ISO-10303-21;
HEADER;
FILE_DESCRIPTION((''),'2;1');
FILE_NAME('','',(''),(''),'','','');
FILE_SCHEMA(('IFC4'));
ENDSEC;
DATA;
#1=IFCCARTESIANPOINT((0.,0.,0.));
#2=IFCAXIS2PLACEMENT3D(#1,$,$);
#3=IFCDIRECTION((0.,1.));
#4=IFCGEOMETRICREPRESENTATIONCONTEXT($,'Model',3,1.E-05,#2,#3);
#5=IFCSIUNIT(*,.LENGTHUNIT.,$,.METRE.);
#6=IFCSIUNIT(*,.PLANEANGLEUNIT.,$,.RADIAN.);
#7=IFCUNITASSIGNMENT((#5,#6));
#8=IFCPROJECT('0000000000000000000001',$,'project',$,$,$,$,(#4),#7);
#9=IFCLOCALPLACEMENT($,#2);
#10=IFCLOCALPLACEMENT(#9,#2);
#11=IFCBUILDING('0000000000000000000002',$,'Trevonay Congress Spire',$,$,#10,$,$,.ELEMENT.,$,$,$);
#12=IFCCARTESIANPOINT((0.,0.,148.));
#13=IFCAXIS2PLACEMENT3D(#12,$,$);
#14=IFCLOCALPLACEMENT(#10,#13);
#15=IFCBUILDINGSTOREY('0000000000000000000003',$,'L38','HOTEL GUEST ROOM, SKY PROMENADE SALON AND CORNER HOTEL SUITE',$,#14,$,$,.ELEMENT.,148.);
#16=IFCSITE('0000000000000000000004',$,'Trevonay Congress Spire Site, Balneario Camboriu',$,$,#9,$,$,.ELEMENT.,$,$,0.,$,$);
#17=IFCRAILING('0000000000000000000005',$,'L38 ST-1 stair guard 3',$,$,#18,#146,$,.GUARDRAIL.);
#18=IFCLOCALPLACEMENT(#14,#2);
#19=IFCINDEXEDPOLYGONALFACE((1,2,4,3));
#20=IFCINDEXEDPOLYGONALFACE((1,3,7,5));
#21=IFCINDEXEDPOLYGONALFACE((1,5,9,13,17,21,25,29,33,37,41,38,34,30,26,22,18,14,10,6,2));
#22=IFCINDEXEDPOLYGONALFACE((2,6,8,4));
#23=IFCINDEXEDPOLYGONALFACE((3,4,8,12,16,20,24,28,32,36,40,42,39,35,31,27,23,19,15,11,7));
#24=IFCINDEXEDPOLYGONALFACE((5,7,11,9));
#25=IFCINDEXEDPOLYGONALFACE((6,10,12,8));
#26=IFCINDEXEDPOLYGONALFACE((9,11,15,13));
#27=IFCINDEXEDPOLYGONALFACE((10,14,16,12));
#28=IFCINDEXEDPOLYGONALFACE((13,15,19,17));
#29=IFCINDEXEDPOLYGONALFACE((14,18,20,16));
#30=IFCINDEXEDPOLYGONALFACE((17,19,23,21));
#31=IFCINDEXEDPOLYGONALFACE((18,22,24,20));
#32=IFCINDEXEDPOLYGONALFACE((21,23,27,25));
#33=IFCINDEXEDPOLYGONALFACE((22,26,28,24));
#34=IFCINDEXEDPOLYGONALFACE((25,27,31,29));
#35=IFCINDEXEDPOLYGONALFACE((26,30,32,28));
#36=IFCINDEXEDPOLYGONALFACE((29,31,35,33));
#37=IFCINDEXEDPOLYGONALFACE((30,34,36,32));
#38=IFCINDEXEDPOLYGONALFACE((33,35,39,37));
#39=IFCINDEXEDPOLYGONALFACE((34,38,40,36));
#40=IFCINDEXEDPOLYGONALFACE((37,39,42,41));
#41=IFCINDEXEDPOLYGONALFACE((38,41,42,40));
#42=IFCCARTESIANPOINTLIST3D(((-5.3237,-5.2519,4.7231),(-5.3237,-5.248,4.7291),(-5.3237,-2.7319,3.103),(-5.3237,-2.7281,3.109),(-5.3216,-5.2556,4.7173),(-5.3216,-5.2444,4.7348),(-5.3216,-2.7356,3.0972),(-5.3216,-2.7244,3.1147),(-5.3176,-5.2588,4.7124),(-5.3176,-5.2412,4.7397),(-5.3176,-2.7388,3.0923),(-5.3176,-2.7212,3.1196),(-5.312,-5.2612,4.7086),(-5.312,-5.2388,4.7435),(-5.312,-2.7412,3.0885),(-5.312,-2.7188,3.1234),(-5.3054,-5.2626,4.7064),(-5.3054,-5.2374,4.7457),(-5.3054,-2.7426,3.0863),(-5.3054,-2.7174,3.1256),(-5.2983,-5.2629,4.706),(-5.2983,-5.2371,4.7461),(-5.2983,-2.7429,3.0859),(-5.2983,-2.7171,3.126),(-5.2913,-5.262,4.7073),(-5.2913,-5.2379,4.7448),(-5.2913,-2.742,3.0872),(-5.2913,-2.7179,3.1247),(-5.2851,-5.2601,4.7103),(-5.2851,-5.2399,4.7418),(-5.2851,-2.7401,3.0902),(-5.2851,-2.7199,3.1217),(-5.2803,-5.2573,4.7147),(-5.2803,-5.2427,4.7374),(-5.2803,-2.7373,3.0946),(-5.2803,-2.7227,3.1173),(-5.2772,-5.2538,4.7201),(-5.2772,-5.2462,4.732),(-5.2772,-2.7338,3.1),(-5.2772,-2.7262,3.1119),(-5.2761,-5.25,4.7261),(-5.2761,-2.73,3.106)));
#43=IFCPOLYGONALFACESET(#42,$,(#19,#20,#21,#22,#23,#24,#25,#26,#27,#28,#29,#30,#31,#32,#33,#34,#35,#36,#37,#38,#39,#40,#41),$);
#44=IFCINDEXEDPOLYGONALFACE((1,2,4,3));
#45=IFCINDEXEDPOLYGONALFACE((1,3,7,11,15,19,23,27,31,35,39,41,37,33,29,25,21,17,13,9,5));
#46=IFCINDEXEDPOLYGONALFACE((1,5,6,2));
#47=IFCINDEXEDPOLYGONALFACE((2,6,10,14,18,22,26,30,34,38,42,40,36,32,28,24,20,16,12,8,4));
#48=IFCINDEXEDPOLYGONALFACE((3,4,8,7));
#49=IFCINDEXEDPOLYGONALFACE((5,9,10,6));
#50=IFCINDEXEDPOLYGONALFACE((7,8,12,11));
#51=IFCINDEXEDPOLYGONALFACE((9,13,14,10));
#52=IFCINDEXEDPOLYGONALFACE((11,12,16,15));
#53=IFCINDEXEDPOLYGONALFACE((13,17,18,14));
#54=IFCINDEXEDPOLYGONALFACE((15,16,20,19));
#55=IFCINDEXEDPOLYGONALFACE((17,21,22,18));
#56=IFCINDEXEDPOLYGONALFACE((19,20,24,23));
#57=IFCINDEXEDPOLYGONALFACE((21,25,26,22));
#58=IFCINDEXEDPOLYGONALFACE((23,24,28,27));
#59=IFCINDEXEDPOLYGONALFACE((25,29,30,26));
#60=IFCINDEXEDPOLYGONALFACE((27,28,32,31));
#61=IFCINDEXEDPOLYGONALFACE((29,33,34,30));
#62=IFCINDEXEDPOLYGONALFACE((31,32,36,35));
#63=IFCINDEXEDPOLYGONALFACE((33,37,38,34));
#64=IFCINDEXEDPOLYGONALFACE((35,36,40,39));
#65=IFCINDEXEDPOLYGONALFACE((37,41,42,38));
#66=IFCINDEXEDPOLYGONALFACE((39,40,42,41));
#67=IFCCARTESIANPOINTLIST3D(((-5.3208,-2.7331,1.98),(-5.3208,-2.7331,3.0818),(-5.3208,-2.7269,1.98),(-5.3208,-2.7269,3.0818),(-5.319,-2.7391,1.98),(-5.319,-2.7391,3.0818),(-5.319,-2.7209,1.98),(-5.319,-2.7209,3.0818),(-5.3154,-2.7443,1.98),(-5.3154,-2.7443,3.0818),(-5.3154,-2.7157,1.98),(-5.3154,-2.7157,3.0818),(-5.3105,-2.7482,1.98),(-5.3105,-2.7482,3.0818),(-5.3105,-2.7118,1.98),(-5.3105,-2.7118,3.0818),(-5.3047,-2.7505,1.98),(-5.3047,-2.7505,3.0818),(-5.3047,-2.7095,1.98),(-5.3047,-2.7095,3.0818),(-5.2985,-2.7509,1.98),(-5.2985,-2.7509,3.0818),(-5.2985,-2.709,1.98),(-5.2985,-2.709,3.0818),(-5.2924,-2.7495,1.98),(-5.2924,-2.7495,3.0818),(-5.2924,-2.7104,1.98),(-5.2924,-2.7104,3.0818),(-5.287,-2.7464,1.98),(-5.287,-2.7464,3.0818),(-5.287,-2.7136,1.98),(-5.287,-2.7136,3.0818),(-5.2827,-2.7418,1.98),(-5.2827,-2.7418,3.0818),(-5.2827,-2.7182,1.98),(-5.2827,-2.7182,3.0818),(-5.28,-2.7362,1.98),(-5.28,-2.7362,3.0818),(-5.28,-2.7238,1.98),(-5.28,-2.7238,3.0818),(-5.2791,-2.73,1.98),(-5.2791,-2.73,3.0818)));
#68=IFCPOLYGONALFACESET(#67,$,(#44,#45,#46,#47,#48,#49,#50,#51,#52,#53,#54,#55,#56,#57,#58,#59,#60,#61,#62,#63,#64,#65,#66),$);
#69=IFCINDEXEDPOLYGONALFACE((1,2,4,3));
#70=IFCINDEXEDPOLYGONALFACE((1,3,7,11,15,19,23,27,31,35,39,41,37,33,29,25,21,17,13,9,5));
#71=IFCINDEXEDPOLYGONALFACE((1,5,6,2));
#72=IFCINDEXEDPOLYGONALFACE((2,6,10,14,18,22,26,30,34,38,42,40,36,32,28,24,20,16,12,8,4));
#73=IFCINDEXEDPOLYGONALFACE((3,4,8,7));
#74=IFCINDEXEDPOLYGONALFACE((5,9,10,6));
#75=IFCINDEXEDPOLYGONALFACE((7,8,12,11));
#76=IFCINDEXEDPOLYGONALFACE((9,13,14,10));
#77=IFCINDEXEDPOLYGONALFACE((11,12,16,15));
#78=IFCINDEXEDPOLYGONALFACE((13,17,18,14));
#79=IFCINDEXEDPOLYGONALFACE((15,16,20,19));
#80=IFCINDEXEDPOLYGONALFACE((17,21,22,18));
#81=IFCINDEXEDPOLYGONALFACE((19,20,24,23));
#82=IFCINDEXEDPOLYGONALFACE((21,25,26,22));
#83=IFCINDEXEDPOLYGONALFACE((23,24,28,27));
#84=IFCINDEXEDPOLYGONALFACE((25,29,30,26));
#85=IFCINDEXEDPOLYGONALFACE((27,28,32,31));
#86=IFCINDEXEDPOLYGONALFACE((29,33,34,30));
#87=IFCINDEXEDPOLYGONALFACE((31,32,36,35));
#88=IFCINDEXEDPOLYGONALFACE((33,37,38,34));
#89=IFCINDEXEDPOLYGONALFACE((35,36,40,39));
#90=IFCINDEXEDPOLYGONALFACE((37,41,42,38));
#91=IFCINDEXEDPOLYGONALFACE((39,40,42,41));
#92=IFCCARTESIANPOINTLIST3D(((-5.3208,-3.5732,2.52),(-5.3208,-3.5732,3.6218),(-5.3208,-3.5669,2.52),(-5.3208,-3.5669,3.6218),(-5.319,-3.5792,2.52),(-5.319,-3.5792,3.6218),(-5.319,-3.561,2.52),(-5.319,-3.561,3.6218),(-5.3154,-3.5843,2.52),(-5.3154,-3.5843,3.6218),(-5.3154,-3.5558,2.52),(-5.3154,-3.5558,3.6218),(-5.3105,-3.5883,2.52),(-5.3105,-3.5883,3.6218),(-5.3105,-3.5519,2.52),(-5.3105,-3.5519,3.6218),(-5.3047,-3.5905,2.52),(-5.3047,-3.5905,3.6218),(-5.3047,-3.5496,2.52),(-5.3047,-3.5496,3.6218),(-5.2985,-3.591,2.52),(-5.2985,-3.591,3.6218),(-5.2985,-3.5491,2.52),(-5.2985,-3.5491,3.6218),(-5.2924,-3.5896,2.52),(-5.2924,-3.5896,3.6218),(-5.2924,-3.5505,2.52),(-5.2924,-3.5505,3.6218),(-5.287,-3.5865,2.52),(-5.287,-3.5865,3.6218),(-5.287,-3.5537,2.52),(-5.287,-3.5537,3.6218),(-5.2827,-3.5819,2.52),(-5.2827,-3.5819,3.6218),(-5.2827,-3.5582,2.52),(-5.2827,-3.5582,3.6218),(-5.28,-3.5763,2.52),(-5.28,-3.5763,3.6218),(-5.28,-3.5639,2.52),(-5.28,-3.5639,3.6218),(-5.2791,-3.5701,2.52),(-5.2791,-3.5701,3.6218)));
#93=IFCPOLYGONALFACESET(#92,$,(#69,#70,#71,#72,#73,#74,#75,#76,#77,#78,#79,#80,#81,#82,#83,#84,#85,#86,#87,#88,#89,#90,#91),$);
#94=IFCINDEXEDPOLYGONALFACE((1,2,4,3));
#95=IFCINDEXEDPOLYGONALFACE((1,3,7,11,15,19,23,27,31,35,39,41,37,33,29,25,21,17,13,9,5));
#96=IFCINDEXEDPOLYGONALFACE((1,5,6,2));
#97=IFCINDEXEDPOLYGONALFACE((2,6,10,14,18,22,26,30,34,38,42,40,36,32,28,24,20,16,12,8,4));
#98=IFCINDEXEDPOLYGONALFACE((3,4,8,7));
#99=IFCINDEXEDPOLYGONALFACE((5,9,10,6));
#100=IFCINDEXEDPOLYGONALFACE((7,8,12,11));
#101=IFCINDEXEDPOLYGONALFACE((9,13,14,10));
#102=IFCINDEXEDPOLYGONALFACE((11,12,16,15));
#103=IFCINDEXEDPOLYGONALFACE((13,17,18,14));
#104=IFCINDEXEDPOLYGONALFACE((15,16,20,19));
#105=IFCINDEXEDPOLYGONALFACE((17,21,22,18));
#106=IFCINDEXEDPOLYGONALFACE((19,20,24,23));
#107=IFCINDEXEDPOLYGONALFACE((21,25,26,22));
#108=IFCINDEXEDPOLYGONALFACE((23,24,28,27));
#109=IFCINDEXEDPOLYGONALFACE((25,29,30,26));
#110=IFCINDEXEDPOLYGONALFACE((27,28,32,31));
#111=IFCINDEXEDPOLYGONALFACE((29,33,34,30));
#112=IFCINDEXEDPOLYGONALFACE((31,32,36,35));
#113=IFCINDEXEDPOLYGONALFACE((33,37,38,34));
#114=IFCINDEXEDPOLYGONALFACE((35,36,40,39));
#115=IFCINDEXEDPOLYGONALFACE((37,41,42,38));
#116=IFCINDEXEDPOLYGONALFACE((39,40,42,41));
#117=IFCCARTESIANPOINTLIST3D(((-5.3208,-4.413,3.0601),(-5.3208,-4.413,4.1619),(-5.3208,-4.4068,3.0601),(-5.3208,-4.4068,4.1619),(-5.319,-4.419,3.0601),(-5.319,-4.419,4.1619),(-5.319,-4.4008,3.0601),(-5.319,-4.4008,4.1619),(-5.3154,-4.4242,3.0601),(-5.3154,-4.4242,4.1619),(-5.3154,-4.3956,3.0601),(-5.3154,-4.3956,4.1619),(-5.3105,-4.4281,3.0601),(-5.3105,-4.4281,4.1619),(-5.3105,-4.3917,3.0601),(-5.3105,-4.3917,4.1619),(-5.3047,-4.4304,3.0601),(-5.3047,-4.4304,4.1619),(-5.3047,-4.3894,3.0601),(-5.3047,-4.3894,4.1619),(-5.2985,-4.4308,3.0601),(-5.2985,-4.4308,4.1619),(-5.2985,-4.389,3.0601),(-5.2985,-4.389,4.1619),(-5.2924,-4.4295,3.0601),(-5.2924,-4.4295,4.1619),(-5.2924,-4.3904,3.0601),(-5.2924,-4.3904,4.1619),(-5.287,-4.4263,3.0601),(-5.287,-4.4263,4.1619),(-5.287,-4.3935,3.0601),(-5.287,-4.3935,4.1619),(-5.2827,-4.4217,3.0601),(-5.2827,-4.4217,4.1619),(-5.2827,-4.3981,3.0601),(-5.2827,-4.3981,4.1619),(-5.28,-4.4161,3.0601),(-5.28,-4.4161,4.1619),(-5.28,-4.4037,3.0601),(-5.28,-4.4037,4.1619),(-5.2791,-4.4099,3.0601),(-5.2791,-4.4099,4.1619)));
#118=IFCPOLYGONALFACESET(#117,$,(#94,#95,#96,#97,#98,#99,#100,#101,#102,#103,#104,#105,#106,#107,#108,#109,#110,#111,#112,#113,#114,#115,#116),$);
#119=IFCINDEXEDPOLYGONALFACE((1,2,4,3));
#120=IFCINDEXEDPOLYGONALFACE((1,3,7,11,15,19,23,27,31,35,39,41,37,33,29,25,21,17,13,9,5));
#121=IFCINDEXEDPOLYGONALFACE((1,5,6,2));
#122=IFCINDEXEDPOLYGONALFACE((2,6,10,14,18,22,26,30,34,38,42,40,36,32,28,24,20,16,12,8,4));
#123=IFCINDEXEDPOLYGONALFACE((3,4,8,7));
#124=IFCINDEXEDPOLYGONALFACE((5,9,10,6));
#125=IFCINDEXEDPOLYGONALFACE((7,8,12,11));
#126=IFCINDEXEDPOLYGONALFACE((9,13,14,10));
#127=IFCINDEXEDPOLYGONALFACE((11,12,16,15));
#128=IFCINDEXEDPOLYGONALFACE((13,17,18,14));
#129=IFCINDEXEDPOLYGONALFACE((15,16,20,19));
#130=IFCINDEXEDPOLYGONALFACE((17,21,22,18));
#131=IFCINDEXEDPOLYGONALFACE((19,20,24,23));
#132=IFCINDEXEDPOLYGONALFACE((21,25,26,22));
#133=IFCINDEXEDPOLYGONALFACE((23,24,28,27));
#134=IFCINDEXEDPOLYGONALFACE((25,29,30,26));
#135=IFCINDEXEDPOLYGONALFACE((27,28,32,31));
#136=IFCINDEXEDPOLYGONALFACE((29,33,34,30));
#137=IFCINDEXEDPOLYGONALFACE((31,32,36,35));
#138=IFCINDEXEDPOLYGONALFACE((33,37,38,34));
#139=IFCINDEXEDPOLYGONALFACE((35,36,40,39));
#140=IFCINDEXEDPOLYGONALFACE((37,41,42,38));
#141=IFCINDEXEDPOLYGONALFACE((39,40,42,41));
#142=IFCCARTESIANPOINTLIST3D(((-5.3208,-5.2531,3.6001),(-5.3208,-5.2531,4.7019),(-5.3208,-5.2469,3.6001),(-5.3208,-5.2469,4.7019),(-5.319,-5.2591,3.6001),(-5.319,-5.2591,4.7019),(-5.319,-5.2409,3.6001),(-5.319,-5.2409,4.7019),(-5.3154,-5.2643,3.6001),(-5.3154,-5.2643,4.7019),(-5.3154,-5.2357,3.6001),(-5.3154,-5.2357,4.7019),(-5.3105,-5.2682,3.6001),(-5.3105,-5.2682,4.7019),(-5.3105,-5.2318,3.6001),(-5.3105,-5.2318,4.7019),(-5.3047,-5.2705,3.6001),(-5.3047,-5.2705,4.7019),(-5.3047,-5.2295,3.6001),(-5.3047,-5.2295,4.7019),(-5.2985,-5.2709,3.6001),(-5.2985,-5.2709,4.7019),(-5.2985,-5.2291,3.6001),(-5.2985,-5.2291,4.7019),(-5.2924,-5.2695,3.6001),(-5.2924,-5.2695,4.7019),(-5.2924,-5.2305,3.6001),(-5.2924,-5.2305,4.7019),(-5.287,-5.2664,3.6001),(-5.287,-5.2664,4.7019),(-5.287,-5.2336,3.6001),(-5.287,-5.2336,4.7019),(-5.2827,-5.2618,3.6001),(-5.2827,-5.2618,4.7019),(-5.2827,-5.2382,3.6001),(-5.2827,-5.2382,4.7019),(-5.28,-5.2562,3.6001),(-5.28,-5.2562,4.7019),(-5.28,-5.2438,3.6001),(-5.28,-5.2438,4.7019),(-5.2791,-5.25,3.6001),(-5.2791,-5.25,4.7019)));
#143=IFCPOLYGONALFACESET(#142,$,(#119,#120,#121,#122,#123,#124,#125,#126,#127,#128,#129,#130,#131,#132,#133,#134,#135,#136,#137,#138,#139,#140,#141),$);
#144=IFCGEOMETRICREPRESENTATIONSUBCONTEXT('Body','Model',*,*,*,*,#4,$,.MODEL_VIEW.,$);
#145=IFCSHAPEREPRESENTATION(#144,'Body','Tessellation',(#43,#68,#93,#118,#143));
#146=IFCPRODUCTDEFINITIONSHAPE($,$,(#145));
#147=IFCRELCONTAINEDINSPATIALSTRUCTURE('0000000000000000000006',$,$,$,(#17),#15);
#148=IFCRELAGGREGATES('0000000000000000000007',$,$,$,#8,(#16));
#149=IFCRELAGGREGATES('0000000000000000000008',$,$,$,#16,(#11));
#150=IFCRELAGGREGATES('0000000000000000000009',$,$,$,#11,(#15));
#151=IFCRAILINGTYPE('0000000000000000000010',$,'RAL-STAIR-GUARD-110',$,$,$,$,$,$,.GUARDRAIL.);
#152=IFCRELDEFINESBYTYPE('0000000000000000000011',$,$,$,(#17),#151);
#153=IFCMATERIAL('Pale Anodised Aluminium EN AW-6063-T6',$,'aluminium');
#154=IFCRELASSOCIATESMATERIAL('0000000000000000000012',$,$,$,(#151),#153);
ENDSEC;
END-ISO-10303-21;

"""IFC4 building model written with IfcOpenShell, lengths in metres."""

from ifc_helpers import new_model, si_unit, direction, frame, origin, origin_2d, place, context, subcontext, project, spatial, circle, extrude, material, type_object, element, save


model = new_model("IFC4")

# Units and contexts
model_context = context("Model", 3, precision=1e-05, world=origin(), true_north=direction((0.0, 1.0)))
body_context = subcontext(model_context, "Body", "Model", "MODEL_VIEW")
ifc_project = project(units=[si_unit("LENGTHUNIT", "METRE"), si_unit("PLANEANGLEUNIT", "RADIAN")], contexts=[model_context])

# Site, building, storey
site_placement = place(None, origin())
site = spatial("IfcSite", under=ifc_project, at=site_placement, Name="Trevonay Congress Spire Site, Balneario Camboriu", CompositionType="ELEMENT", RefElevation=0.0)
building_placement = place(site_placement, origin())
building = spatial("IfcBuilding", under=site, at=building_placement, Name="Trevonay Congress Spire", CompositionType="ELEMENT")
storey_placement = place(building_placement, frame((0.0, 0.0, 148.0)))
storey = spatial("IfcBuildingStorey", under=building, at=storey_placement, Name="L38", Description="HOTEL GUEST ROOM, SKY PROMENADE SALON AND CORNER HOTEL SUITE", CompositionType="ELEMENT", Elevation=148.0)

# Railing
ifc_material_1 = material(Name="Pale Anodised Aluminium EN AW-6063-T6", Category="aluminium")
railing_type_1 = type_object("IfcRailingType", Name="RAL-STAIR-GUARD-110", PredefinedType="GUARDRAIL", material=ifc_material_1)
railing_1_placement = place(storey_placement, frame((-5.3, -2.73, 1.98)))
element("IfcRailing", 1, at=railing_1_placement, inside=storey, type_object=railing_type_1, Name="L38 ST-1 stair guard 3", PredefinedType="GUARDRAIL", context=body_context, shape_type="SweptSolid", body=[
    extrude(circle(Radius=0.0239, at=origin_2d()), frame((0.0, 0.0, 1.126), z_axis=(0.0, -0.841163, 0.540782), x_axis=(1.0, 0.0, 0.0)), (0.0, 0.0, 1.0), 2.9958),
    extrude(circle(Radius=0.021, at=origin_2d()), origin(), (0.0, 0.0, 1.0), 1.1018),
    extrude(circle(Radius=0.021, at=origin_2d()), frame((0.0, -0.8401, 0.54)), (0.0, 0.0, 1.0), 1.1018),
    extrude(circle(Radius=0.021, at=origin_2d()), frame((0.0, -1.6799, 1.0801)), (0.0, 0.0, 1.0), 1.1018),
    extrude(circle(Radius=0.021, at=origin_2d()), frame((0.0, -2.52, 1.6201)), (0.0, 0.0, 1.0), 1.1018),
])

save(model, "model.ifc")
